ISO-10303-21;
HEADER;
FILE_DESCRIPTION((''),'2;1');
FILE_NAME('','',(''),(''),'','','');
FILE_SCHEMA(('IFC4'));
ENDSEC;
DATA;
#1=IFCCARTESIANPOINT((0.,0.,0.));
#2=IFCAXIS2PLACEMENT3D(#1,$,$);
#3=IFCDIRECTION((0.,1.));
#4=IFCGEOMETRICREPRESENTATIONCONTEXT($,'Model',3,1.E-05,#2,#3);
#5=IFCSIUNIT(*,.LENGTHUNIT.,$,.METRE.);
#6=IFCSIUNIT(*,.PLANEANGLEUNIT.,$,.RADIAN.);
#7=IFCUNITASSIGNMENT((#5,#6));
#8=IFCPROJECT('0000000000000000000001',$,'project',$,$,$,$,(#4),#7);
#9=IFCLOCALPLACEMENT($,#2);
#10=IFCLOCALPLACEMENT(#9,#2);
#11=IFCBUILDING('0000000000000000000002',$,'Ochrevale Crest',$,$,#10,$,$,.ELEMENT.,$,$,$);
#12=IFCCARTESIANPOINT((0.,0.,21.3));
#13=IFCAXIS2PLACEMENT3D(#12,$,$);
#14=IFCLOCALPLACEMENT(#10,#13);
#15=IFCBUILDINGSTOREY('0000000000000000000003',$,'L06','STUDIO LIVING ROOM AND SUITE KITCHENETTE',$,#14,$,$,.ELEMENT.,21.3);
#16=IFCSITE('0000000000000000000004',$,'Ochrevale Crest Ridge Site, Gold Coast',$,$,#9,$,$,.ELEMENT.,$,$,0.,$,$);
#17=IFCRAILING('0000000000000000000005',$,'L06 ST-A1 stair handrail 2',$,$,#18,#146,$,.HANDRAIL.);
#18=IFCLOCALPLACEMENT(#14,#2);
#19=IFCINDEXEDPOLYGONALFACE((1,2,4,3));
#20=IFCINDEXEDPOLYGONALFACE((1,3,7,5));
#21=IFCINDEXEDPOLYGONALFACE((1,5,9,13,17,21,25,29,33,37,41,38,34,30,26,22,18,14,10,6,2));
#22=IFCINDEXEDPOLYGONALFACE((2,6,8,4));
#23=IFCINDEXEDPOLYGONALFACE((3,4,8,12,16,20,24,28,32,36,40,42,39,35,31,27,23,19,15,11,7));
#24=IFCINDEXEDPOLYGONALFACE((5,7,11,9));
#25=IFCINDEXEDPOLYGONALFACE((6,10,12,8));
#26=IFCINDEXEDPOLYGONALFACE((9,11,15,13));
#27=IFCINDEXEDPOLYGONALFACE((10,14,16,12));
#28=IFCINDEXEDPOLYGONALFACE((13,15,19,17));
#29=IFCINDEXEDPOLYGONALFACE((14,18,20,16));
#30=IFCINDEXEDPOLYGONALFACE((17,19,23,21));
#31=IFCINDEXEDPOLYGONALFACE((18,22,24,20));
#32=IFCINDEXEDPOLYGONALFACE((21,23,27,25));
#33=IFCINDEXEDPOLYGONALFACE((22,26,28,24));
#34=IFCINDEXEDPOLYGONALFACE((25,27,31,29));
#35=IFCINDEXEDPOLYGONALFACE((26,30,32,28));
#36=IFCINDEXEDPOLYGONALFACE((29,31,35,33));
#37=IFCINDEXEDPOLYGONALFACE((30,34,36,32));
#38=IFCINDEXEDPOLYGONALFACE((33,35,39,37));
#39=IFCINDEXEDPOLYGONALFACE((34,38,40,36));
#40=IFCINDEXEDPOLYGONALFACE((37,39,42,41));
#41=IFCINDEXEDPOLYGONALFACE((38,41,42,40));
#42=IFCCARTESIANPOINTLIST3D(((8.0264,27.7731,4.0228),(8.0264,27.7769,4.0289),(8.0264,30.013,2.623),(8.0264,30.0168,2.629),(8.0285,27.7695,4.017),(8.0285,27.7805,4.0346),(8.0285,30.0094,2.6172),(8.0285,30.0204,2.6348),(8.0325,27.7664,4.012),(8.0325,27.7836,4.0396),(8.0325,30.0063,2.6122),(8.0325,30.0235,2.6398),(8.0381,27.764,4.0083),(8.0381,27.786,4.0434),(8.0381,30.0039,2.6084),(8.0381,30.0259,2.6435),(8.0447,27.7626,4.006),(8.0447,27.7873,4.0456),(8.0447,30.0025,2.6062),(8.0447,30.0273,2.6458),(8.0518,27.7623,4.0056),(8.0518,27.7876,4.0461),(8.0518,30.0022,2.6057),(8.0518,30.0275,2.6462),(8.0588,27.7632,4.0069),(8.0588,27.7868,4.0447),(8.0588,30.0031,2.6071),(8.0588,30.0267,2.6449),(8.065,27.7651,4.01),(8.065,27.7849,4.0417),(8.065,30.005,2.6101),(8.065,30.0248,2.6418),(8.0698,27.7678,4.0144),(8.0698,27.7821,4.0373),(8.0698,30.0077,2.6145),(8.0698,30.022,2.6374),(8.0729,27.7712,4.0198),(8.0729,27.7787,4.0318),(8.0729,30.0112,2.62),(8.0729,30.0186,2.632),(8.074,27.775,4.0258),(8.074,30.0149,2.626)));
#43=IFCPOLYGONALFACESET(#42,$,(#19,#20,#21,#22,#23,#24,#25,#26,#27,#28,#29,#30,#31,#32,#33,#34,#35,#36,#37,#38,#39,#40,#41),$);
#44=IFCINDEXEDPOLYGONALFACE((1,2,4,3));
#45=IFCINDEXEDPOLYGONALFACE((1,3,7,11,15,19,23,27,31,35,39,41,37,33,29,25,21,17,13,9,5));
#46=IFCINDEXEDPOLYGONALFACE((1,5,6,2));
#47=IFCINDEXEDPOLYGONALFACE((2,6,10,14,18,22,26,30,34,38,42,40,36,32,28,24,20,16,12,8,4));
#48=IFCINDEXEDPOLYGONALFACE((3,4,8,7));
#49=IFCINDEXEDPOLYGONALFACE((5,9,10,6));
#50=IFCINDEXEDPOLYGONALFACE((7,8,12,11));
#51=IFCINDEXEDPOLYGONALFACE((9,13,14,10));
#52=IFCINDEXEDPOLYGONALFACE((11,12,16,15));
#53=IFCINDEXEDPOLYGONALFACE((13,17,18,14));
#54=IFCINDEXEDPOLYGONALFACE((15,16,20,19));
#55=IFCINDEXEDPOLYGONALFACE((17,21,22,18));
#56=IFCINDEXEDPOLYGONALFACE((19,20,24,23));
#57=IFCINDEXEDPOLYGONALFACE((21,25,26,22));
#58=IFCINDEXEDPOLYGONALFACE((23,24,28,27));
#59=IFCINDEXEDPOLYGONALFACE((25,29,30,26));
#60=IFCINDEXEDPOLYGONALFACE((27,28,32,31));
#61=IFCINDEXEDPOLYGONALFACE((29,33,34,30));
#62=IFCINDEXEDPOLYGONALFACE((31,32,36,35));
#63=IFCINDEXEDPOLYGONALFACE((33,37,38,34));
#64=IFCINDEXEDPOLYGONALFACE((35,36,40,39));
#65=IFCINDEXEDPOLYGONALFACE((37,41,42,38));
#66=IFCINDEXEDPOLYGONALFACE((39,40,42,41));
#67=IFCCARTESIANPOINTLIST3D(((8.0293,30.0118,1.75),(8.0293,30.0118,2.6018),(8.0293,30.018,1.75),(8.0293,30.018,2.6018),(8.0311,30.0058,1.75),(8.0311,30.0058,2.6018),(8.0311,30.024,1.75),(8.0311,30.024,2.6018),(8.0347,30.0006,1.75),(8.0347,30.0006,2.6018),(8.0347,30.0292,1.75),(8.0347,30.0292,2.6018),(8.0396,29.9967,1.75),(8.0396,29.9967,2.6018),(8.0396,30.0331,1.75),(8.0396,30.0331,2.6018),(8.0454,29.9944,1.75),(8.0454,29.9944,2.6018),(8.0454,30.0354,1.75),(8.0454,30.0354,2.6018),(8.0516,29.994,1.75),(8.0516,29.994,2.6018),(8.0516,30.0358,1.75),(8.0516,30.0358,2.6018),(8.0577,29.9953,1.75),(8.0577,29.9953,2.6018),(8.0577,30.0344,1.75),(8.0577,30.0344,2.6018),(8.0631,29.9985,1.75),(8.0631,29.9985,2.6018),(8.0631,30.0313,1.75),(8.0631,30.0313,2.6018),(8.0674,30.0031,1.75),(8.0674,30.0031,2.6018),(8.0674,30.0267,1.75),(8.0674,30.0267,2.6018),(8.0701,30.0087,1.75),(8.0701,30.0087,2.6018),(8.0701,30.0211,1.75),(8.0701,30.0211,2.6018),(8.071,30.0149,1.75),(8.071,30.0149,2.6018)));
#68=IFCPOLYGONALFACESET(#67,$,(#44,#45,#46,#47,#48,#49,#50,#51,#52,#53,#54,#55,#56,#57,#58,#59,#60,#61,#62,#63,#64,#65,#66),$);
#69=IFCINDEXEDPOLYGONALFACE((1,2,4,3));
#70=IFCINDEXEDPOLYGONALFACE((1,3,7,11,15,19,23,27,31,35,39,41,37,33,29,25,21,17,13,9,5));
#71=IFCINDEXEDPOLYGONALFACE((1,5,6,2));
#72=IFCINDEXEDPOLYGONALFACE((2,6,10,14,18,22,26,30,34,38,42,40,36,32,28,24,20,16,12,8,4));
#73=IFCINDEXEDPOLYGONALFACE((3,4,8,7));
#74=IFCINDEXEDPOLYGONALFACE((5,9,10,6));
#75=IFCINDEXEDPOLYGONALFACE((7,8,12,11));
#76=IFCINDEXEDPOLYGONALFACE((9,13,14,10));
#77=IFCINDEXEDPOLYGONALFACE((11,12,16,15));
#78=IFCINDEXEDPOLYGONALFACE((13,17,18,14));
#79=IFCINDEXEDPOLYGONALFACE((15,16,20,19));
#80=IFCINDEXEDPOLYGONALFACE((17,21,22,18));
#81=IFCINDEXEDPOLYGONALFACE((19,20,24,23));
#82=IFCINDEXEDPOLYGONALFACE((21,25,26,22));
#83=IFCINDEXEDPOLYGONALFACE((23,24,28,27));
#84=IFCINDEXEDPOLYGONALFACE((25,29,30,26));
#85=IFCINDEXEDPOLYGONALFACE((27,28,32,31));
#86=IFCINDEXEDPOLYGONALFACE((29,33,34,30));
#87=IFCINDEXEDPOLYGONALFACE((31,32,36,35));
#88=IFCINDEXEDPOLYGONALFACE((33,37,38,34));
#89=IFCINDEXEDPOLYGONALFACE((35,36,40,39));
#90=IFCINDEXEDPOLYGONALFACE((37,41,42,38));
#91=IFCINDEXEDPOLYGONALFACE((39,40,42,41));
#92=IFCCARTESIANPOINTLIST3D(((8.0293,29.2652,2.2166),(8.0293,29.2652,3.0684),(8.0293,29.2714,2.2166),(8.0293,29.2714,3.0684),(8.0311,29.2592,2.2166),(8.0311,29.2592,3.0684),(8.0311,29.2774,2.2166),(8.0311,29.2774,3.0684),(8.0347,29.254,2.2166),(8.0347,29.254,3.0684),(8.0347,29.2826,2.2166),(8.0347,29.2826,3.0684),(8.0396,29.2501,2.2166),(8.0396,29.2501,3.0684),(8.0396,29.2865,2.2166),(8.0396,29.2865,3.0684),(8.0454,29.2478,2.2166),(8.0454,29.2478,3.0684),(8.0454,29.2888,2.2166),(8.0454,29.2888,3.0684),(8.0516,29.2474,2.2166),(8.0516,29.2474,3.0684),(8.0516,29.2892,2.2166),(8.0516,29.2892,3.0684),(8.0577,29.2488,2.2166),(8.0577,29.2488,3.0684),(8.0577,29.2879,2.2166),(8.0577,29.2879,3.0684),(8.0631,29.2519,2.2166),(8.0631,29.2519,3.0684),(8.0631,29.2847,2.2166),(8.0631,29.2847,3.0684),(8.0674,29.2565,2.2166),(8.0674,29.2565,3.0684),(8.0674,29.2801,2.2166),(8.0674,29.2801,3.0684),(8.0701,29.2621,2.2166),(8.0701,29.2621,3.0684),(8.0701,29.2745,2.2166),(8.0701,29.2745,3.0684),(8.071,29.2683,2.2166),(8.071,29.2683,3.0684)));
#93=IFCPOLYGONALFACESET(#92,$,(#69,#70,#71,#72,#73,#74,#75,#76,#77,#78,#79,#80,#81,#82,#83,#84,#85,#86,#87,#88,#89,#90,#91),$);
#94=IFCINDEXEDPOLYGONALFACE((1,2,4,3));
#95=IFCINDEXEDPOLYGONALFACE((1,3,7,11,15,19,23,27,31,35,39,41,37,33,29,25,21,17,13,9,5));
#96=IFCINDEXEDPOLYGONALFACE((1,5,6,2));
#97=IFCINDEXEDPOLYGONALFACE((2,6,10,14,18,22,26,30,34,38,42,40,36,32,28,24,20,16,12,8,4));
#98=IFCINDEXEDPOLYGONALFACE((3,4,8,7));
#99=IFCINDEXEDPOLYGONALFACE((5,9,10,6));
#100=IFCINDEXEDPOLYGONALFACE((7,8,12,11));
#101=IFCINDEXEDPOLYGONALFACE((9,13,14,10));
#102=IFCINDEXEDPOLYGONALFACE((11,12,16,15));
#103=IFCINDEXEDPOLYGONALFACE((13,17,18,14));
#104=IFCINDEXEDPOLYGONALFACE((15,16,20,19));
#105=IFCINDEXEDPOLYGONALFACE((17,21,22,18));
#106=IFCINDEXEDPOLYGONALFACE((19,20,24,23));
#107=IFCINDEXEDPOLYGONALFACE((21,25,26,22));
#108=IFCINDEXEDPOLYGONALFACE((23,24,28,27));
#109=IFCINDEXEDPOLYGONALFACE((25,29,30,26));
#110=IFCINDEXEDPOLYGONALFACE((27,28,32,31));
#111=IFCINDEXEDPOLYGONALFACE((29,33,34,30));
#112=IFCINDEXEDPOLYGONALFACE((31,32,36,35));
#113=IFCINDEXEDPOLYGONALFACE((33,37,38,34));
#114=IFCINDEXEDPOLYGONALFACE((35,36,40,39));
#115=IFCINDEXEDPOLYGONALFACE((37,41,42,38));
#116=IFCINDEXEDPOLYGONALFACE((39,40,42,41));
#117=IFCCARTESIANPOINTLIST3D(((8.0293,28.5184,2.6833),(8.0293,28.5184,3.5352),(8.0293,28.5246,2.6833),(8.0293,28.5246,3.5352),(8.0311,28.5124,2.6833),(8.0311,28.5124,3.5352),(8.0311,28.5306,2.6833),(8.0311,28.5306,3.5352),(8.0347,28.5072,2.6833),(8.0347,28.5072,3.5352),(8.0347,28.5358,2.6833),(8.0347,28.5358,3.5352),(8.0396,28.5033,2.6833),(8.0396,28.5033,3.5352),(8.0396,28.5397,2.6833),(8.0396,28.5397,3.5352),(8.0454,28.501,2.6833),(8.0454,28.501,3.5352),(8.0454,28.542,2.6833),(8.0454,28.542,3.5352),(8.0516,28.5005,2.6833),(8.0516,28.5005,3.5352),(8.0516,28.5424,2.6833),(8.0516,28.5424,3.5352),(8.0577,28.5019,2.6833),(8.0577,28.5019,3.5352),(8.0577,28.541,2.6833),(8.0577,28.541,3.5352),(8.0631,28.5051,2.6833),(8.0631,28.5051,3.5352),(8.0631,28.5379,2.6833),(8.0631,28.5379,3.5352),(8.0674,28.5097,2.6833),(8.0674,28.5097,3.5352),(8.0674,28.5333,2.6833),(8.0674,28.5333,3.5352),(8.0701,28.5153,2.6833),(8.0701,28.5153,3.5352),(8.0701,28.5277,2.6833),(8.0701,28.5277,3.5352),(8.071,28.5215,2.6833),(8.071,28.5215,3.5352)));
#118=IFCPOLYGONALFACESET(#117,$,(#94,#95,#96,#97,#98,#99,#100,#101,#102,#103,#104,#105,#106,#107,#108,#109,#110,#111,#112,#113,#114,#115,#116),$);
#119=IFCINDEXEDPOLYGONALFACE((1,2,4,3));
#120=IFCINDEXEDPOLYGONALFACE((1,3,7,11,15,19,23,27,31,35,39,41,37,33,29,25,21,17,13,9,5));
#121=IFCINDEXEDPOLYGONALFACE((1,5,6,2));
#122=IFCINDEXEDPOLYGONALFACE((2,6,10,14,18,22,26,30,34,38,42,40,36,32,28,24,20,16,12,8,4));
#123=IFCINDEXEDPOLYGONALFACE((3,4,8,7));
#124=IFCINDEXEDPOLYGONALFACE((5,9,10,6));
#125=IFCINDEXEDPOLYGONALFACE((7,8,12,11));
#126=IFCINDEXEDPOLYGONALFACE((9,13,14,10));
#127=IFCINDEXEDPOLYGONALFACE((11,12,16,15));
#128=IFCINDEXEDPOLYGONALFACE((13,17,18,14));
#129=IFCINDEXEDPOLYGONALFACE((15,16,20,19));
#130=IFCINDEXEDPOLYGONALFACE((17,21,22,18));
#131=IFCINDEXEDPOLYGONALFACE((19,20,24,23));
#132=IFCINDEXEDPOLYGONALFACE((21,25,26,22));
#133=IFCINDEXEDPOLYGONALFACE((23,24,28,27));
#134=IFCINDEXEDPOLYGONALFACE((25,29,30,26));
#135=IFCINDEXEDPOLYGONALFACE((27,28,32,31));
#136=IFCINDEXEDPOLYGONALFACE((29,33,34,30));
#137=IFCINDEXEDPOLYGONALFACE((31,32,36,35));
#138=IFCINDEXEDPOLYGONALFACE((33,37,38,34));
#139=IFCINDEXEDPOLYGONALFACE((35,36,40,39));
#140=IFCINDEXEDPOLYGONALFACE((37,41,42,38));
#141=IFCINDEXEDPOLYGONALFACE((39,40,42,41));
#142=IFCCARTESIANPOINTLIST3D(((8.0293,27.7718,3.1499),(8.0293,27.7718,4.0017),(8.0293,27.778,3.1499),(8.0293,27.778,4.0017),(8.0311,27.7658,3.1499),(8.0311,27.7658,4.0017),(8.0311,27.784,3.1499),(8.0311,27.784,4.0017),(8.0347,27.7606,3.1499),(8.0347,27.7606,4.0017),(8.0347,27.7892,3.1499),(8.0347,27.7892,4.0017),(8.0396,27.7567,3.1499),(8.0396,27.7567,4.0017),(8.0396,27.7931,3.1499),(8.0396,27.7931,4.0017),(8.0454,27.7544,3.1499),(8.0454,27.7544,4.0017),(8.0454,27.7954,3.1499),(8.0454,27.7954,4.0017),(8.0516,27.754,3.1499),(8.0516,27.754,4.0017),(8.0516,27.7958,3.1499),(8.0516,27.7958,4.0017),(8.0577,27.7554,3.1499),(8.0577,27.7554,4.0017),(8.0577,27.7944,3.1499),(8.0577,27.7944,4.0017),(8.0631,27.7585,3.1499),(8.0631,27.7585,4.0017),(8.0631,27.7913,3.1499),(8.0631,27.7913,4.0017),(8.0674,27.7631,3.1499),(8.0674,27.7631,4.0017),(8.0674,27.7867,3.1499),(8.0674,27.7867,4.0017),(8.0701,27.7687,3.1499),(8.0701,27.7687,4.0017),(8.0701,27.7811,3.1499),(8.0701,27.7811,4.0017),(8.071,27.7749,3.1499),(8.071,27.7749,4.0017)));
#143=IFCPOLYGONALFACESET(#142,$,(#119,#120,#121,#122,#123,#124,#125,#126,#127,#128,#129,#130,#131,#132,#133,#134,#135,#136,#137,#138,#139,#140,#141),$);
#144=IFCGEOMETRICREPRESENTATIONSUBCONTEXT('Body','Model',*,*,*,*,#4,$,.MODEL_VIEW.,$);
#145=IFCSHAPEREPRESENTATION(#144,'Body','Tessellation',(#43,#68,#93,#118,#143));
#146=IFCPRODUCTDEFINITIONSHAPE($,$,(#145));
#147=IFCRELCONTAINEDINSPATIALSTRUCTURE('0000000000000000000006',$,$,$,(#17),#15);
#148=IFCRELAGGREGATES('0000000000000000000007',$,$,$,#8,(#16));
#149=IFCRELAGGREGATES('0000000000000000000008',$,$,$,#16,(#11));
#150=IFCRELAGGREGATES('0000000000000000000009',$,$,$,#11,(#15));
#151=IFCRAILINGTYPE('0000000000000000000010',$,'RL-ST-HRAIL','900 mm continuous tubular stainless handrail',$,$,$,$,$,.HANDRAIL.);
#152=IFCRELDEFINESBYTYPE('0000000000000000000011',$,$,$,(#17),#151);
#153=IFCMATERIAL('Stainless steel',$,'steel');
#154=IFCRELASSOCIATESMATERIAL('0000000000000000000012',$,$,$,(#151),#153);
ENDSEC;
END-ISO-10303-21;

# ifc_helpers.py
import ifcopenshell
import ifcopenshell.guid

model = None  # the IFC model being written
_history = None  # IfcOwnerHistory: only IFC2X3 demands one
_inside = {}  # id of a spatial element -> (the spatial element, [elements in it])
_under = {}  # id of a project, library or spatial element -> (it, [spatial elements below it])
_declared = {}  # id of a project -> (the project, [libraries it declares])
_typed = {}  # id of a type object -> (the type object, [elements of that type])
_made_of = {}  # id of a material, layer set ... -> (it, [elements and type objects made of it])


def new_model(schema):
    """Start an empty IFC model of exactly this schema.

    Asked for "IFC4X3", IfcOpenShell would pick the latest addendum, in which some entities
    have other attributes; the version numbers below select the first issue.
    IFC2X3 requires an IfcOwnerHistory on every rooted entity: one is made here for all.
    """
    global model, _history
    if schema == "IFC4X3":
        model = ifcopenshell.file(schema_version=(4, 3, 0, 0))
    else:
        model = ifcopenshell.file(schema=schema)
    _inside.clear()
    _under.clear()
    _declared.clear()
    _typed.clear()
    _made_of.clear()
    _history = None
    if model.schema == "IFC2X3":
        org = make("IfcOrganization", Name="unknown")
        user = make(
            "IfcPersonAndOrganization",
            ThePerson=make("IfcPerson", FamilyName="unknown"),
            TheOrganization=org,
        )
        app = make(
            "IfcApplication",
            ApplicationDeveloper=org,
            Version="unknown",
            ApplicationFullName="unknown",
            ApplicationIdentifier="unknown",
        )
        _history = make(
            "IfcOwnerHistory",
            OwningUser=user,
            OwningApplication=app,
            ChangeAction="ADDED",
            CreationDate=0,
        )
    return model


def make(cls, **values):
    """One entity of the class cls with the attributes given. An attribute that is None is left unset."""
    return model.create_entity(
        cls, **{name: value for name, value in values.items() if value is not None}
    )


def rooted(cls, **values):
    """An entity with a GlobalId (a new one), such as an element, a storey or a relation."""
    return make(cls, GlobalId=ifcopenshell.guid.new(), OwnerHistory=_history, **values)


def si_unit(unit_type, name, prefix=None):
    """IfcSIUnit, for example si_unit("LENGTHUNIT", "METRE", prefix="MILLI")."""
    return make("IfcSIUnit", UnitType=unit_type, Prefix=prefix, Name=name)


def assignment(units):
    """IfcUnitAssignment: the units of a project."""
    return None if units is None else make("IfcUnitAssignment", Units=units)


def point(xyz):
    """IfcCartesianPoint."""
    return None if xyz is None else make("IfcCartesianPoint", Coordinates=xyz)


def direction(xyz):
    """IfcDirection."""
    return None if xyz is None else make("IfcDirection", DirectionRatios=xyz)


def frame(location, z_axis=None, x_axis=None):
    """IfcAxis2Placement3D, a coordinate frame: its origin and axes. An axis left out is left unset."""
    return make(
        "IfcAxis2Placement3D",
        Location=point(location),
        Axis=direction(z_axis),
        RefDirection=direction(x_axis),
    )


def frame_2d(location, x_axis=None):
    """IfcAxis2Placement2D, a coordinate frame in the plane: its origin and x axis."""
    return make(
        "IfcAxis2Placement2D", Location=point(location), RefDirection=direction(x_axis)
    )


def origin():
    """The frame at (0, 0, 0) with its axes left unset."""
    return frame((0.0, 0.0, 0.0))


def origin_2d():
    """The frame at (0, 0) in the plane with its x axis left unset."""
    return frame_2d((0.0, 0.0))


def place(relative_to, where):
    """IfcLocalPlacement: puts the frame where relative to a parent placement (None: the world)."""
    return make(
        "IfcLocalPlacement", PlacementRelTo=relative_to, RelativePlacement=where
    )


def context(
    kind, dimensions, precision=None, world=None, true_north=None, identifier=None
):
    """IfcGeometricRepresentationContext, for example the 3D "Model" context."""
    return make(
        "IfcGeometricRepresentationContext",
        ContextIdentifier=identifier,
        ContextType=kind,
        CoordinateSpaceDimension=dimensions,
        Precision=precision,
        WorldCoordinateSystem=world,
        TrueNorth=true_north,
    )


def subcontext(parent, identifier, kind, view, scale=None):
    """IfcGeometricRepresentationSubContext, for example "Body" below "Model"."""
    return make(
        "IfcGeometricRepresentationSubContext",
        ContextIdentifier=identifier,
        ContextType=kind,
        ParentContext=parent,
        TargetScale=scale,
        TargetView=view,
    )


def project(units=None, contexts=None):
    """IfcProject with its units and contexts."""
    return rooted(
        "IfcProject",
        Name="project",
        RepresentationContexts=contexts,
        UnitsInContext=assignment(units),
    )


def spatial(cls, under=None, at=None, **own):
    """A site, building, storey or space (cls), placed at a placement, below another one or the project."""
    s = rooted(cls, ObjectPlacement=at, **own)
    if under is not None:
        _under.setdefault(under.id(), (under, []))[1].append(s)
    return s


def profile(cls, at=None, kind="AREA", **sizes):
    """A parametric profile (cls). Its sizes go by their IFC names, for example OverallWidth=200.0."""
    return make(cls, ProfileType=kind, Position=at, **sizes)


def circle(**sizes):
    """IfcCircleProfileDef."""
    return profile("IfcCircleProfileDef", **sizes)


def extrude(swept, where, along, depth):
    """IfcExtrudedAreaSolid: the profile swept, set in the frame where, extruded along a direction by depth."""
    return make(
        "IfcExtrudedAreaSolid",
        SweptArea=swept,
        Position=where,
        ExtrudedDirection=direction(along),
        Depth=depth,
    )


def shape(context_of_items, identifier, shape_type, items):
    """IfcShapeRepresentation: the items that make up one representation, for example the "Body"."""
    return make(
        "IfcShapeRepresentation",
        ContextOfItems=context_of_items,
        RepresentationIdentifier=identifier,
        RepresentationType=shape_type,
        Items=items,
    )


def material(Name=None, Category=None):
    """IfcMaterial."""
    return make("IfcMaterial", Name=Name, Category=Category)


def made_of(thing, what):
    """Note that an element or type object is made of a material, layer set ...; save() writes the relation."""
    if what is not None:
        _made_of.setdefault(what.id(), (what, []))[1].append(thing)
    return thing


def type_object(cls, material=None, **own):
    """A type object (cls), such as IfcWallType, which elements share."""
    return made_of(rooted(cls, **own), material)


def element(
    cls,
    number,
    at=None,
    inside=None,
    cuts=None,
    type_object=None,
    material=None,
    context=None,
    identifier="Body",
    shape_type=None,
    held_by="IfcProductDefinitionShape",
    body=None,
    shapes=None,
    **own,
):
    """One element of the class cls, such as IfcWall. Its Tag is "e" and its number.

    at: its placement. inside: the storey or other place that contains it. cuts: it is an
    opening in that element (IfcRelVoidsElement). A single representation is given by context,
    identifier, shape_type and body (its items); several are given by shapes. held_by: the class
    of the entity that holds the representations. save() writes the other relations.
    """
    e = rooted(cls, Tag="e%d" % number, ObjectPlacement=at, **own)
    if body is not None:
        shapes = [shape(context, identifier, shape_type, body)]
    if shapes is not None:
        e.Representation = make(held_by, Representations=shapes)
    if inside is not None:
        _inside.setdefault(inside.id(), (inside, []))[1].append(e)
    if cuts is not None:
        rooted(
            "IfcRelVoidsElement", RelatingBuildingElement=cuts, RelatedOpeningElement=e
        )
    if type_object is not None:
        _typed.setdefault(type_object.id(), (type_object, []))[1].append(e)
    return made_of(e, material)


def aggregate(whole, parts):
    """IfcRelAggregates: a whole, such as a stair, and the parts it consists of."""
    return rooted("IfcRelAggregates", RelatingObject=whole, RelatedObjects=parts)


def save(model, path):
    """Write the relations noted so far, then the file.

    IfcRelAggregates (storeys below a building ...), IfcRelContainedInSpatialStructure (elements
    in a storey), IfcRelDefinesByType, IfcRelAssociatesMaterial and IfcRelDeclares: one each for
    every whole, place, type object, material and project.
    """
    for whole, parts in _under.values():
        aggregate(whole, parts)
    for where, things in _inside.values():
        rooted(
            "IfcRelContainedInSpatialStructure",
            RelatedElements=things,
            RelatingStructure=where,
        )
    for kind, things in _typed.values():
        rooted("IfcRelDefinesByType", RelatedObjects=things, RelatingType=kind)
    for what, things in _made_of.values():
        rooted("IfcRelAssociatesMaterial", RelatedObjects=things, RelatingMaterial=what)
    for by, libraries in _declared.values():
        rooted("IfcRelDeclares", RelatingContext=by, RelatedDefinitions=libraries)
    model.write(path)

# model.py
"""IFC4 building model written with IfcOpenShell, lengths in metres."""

from ifc_helpers import new_model, si_unit, direction, frame, origin, origin_2d, place, context, subcontext, project, spatial, circle, extrude, material, type_object, element, save


model = new_model("IFC4")

# Units and contexts
model_context = context("Model", 3, precision=1e-05, world=origin(), true_north=direction((0.0, 1.0)))
body_context = subcontext(model_context, "Body", "Model", "MODEL_VIEW")
ifc_project = project(units=[si_unit("LENGTHUNIT", "METRE"), si_unit("PLANEANGLEUNIT", "RADIAN")], contexts=[model_context])

# Site, building, storey
site_placement = place(None, origin())
site = spatial("IfcSite", under=ifc_project, at=site_placement, Name="Ochrevale Crest Ridge Site, Gold Coast", CompositionType="ELEMENT", RefElevation=0.0)
building_placement = place(site_placement, origin())
building = spatial("IfcBuilding", under=site, at=building_placement, Name="Ochrevale Crest", CompositionType="ELEMENT")
storey_placement = place(building_placement, frame((0.0, 0.0, 21.3)))
storey = spatial("IfcBuildingStorey", under=building, at=storey_placement, Name="L06", Description="STUDIO LIVING ROOM AND SUITE KITCHENETTE", CompositionType="ELEMENT", Elevation=21.3)

# Railing
ifc_material_1 = material(Name="Stainless steel", Category="steel")
railing_type_1 = type_object("IfcRailingType", Name="RL-ST-HRAIL", Description="900 mm continuous tubular stainless handrail", PredefinedType="HANDRAIL", material=ifc_material_1)
railing_1_placement = place(storey_placement, frame((8.05, 30.0149, 1.75)))
element("IfcRailing", 1, at=railing_1_placement, inside=storey, type_object=railing_type_1, Name="L06 ST-A1 stair handrail 2", PredefinedType="HANDRAIL", context=body_context, shape_type="SweptSolid", body=[
    extrude(circle(Radius=0.0239, at=origin_2d()), frame((0.0, 0.0, 0.876), z_axis=(0.0, -0.848014, 0.529974), x_axis=(1.0, 0.0, 0.0)), (0.0, 0.0, 1.0), 2.6414),
    extrude(circle(Radius=0.021, at=origin_2d()), origin(), (0.0, 0.0, 1.0), 0.8518),
    extrude(circle(Radius=0.021, at=origin_2d()), frame((0.0, -0.7466, 0.4666)), (0.0, 0.0, 1.0), 0.8518),
    extrude(circle(Radius=0.021, at=origin_2d()), frame((0.0, -1.4934, 0.9333)), (0.0, 0.0, 1.0), 0.8518),
    extrude(circle(Radius=0.021, at=origin_2d()), frame((0.0, -2.24, 1.3999)), (0.0, 0.0, 1.0), 0.8518),
])

save(model, "model.ifc")
